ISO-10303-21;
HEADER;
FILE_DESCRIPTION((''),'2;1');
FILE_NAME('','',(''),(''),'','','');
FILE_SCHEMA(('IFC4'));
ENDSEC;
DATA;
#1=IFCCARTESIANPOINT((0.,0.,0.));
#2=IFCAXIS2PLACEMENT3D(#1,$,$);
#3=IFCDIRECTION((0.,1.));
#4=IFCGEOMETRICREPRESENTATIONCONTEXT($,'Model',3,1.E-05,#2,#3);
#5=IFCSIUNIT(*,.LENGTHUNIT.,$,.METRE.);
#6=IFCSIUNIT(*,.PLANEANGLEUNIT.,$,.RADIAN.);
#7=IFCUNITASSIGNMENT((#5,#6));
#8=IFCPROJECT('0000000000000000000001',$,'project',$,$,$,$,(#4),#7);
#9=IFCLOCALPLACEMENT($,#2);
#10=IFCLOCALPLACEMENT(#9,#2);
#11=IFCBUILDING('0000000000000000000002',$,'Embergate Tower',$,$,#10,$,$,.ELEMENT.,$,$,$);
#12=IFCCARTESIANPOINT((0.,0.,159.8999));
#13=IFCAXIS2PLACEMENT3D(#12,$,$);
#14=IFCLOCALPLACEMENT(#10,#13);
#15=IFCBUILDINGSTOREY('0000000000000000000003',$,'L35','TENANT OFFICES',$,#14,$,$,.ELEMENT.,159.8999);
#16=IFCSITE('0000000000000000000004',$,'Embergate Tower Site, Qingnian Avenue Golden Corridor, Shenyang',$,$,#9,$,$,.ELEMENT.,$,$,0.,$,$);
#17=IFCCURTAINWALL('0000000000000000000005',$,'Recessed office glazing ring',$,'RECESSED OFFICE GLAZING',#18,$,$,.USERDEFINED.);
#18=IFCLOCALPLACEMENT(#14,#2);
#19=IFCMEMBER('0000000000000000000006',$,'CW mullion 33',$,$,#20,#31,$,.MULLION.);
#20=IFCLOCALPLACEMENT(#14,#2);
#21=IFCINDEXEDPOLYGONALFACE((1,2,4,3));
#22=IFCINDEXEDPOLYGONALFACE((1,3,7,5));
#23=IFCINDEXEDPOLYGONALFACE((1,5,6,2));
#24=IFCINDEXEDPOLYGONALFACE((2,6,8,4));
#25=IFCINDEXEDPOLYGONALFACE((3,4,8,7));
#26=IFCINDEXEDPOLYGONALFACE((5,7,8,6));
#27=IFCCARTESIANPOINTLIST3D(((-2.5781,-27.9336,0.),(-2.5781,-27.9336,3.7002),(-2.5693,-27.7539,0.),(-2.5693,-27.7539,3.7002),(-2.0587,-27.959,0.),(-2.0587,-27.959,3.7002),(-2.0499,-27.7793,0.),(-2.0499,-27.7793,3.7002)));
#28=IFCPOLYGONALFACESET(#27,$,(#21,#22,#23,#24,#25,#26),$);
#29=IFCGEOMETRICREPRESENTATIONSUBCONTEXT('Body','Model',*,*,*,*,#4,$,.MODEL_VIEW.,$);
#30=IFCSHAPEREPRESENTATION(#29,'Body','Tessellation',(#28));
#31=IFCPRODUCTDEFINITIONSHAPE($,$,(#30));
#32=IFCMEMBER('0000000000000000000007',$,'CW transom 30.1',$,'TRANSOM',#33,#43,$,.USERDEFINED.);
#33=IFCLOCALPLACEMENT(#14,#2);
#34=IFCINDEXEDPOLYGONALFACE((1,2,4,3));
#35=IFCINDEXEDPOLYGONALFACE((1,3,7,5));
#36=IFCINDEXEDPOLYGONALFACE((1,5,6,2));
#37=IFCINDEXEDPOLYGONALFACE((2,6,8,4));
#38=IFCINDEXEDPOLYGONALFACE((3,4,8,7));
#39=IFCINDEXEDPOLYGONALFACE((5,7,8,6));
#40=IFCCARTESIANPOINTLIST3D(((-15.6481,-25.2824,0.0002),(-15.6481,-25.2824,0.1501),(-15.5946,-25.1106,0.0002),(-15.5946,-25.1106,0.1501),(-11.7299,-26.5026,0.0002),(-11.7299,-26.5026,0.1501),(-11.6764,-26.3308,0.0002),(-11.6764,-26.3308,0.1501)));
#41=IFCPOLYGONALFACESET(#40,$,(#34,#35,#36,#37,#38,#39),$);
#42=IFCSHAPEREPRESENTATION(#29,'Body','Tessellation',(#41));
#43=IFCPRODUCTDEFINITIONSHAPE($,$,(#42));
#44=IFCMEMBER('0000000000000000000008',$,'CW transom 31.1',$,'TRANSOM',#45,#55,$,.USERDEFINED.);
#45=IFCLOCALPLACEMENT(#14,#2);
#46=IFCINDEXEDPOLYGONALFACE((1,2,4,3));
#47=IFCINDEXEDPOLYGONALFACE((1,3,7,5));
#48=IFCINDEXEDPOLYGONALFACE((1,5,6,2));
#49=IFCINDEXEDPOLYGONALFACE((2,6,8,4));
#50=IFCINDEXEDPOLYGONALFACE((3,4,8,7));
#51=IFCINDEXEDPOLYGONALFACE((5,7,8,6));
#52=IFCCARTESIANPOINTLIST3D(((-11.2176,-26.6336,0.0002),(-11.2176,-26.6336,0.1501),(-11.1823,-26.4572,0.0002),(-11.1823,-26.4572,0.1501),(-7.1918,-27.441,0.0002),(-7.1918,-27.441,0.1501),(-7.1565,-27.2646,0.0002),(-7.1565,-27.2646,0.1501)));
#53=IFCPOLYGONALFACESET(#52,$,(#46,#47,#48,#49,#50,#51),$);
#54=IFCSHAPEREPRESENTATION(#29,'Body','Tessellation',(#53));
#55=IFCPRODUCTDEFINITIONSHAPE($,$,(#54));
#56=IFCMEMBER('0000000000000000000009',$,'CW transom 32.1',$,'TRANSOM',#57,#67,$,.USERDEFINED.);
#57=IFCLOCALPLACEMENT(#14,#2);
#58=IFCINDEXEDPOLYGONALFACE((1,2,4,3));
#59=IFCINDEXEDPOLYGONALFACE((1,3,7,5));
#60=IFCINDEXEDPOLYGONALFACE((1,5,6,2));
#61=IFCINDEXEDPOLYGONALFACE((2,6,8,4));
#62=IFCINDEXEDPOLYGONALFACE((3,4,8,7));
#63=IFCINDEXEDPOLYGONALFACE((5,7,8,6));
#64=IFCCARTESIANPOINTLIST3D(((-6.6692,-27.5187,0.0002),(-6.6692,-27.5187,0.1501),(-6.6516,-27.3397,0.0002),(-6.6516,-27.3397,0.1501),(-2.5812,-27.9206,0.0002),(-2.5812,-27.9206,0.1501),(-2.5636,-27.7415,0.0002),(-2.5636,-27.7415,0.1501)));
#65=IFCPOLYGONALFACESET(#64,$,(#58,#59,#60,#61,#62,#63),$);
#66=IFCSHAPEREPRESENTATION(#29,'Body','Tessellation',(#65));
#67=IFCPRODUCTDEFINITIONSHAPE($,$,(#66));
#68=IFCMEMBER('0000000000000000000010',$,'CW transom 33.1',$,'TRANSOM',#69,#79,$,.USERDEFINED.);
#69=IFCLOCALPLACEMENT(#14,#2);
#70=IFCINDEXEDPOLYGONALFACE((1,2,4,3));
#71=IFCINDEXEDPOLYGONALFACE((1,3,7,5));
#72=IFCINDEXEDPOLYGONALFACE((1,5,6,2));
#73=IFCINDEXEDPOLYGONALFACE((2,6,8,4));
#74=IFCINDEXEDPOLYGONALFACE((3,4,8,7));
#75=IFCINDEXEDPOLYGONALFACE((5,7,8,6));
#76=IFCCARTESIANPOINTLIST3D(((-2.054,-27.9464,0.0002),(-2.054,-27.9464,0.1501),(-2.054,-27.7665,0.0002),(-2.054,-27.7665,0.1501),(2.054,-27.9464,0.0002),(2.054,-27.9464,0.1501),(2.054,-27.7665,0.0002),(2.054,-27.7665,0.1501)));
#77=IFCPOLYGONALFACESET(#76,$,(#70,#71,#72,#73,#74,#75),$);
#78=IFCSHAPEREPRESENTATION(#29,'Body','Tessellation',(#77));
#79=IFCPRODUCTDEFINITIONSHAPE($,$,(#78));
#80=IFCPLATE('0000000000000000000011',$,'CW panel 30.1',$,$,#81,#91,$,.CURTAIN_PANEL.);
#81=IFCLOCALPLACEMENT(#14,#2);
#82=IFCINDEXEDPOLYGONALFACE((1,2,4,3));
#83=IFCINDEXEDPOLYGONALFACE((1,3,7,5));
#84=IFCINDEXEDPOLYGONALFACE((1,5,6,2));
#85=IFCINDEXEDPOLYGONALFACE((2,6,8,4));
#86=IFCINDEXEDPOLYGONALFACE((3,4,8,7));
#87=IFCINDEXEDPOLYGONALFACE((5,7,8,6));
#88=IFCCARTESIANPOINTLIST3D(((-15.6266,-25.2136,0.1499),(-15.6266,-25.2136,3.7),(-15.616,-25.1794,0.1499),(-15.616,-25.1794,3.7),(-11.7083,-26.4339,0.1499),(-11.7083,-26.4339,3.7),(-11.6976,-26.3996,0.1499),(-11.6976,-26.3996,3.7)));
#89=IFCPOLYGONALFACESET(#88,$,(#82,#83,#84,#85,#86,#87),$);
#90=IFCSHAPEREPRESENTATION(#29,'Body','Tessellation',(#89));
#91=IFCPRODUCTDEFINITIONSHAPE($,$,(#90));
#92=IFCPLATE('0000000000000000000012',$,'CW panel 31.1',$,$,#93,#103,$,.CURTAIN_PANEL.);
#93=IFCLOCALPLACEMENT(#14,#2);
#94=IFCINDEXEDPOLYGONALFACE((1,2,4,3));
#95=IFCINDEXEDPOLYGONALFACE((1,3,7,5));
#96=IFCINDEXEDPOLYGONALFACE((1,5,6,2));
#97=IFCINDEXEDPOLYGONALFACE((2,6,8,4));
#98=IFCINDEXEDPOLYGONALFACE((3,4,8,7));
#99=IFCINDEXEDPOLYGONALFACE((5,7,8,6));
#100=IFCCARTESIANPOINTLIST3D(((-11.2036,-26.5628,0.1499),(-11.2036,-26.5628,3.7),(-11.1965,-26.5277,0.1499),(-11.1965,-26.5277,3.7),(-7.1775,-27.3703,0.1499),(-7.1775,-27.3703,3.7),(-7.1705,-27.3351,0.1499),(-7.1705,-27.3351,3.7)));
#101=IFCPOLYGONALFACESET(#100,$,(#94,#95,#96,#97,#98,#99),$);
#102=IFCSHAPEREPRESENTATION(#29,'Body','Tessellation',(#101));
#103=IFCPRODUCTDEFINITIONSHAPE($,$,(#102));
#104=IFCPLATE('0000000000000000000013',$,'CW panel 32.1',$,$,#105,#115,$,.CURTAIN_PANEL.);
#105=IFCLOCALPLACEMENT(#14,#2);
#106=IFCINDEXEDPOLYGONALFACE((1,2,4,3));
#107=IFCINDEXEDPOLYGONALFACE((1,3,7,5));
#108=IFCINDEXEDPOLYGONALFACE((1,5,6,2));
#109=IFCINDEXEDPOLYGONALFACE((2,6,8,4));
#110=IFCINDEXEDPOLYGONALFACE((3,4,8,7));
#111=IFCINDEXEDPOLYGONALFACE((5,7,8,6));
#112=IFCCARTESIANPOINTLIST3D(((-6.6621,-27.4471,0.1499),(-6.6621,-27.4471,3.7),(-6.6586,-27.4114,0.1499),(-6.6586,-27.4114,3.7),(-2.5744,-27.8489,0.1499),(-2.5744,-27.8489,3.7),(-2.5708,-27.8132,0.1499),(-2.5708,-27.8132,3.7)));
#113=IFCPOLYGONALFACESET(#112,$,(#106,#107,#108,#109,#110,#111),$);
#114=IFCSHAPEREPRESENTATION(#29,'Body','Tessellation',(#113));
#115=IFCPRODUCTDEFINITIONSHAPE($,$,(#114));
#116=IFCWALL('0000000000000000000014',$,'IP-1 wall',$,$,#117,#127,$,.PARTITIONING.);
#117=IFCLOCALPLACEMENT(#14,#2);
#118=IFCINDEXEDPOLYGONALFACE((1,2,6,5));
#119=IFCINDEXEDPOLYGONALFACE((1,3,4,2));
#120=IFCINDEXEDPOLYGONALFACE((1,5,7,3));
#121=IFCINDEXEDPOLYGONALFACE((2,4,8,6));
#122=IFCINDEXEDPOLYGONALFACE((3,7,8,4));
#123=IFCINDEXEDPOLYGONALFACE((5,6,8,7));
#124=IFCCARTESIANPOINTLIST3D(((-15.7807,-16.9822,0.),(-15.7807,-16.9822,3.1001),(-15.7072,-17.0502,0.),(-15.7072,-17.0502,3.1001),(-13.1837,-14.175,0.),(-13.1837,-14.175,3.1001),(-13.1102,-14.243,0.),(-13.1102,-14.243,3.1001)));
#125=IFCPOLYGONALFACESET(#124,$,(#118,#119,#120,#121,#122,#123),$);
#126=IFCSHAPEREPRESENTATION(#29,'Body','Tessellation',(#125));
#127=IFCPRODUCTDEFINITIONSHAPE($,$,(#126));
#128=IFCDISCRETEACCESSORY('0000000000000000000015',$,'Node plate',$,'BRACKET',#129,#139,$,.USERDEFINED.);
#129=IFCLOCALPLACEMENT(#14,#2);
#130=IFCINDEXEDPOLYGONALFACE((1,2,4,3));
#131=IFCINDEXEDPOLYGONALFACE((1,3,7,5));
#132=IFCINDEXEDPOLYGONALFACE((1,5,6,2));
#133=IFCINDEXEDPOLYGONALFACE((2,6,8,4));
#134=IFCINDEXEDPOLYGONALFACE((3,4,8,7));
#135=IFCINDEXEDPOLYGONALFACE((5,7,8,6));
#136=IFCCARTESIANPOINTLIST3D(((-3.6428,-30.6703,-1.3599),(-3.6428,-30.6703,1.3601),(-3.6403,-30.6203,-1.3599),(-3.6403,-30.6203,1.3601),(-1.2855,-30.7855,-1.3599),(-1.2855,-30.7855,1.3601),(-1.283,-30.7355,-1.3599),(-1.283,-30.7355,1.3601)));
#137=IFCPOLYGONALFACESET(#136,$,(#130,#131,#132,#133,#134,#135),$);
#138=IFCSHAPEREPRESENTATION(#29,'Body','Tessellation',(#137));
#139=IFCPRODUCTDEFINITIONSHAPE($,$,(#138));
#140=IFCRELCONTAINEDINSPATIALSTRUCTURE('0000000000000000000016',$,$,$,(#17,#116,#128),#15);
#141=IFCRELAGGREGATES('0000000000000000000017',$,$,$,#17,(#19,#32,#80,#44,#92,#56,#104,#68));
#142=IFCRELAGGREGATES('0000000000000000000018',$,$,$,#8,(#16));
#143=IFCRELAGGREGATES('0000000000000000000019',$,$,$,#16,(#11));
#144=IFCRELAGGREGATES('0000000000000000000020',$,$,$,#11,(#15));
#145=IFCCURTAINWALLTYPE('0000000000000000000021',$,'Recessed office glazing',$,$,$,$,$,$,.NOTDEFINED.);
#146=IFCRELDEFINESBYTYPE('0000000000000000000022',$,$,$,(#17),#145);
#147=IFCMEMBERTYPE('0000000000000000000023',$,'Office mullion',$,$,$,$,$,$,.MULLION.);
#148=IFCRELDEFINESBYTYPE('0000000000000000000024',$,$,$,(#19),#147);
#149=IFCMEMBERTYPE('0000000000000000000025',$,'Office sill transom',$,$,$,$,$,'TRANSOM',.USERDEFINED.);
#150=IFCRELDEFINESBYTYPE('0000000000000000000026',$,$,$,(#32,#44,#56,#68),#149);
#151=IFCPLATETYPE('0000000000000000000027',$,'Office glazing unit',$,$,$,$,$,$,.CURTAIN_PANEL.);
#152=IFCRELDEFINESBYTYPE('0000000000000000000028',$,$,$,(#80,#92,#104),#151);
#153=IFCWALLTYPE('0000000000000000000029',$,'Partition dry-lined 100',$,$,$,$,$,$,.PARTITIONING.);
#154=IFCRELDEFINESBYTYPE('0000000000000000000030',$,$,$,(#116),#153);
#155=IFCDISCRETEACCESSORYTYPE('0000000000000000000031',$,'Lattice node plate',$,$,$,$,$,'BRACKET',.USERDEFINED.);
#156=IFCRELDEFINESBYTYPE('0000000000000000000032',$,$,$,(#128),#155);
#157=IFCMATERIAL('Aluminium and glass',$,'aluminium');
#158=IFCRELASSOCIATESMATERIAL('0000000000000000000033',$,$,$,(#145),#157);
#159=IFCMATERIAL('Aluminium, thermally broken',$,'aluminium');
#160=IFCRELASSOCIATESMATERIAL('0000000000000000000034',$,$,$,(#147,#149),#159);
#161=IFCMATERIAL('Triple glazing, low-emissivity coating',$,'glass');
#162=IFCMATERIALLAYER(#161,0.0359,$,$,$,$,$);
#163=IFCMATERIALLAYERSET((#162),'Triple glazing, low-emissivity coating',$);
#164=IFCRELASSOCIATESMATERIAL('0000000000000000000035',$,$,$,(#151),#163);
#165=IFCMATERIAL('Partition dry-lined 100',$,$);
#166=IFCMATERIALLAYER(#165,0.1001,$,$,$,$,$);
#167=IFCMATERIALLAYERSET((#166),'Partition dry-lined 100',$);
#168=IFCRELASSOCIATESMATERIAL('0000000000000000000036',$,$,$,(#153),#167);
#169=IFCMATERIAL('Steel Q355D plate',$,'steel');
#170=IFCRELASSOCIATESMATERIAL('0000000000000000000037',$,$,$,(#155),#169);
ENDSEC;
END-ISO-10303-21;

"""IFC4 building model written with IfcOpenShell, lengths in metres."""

from ifc_helpers import new_model, si_unit, direction, frame, frame_2d, origin, origin_2d, place, context, subcontext, project, spatial, rectangle, extrude, source, transform, mapped, material, layer, layer_set, material_profile, profile_set, type_object, element, aggregate, save


model = new_model("IFC4")

# Units and contexts
model_context = context("Model", 3, precision=1e-05, world=origin(), true_north=direction((0.0, 1.0)))
body_context = subcontext(model_context, "Body", "Model", "MODEL_VIEW")
ifc_project = project(units=[si_unit("LENGTHUNIT", "METRE"), si_unit("PLANEANGLEUNIT", "RADIAN")], contexts=[model_context])

# Site, building, storey
site_placement = place(None, origin())
site = spatial("IfcSite", under=ifc_project, at=site_placement, Name="Embergate Tower Site, Qingnian Avenue Golden Corridor, Shenyang", CompositionType="ELEMENT", RefElevation=0.0)
building_placement = place(site_placement, origin())
building = spatial("IfcBuilding", under=site, at=building_placement, Name="Embergate Tower", CompositionType="ELEMENT")
storey_placement = place(building_placement, frame((0.0, 0.0, 159.8999)))
storey = spatial("IfcBuildingStorey", under=building, at=storey_placement, Name="L35", Description="TENANT OFFICES", CompositionType="ELEMENT", Elevation=159.8999)

# Curtain wall, members
ifc_material_1 = material(Name="Aluminium and glass", Category="aluminium")
curtain_wall_type = type_object("IfcCurtainWallType", Name="Recessed office glazing", PredefinedType="NOTDEFINED", material=ifc_material_1)
curtain_wall_placement = place(storey_placement, origin())
curtain_wall = element("IfcCurtainWall", 1, at=curtain_wall_placement, inside=storey, type_object=curtain_wall_type, Name="Recessed office glazing ring", ObjectType="RECESSED OFFICE GLAZING", PredefinedType="USERDEFINED")
ifc_material_2 = material(Name="Aluminium, thermally broken", Category="aluminium")
ifc_material_profile_1 = material_profile(ifc_material_2, rectangle(XDim=0.1799, YDim=0.52, at=origin_2d()), Name="AL 520x180")
ifc_profile_set_1 = profile_set([ifc_material_profile_1], Name="Aluminium, thermally broken")
member_type_1 = type_object("IfcMemberType", Name="Office mullion", PredefinedType="MULLION", material=ifc_profile_set_1)
shared_shape_1 = source(origin(), body_context, "Body", "SweptSolid", [
    extrude(rectangle(XDim=0.1799, YDim=0.52, at=origin_2d()), origin(), (0.0, 0.0, 1.0), 3.7002),
])
member_1_placement = place(storey_placement, frame((-2.314, -27.8564, 0.0), z_axis=(0.0, 0.0, 1.0), x_axis=(0.048972, 0.9988, 0.0)))
member_1 = element("IfcMember", 2, at=member_1_placement, type_object=member_type_1, Name="CW mullion 33", PredefinedType="MULLION", context=body_context, shape_type="MappedRepresentation", body=[
    mapped(shared_shape_1, transform((0.0, 0.0, 0.0))),
])
ifc_material_profile_2 = material_profile(ifc_material_2, rectangle(XDim=0.1799, YDim=0.1499, at=origin_2d()), Name="AL 150x180")
ifc_profile_set_2 = profile_set([ifc_material_profile_2], Name="Aluminium, thermally broken")
member_type_2 = type_object("IfcMemberType", Name="Office sill transom", ElementType="TRANSOM", PredefinedType="USERDEFINED", material=ifc_profile_set_2)
shared_shape_2 = source(origin(), body_context, "Body", "SweptSolid", [
    extrude(rectangle(XDim=0.1799, YDim=0.1499, at=origin_2d()), origin(), (0.0, 0.0, 1.0), 4.1038),
])
member_2_placement = place(storey_placement, frame((-15.6213, -25.1965, 0.0752), z_axis=(0.954773, -0.297337, 0.0), x_axis=(0.297337, 0.954773, 0.0)))
member_2 = element("IfcMember", 3, at=member_2_placement, type_object=member_type_2, Name="CW transom 30.1", ObjectType="TRANSOM", PredefinedType="USERDEFINED", context=body_context, shape_type="MappedRepresentation", body=[
    mapped(shared_shape_2, transform((0.0, 0.0, 0.0))),
])
shared_shape_3 = source(origin(), body_context, "Body", "SweptSolid", [
    extrude(rectangle(XDim=0.1799, YDim=0.1499, at=origin_2d()), origin(), (0.0, 0.0, 1.0), 4.106),
])
member_3_placement = place(storey_placement, frame((-11.2, -26.5454, 0.0752), z_axis=(0.980478, -0.196631, 0.0), x_axis=(0.196631, 0.980478, 0.0)))
member_3 = element("IfcMember", 4, at=member_3_placement, type_object=member_type_2, Name="CW transom 31.1", ObjectType="TRANSOM", PredefinedType="USERDEFINED", context=body_context, shape_type="MappedRepresentation", body=[
    mapped(shared_shape_3, transform((0.0, 0.0, 0.0))),
])
shared_shape_4 = source(origin(), body_context, "Body", "SweptSolid", [
    extrude(rectangle(XDim=0.1799, YDim=0.1499, at=origin_2d()), origin(), (0.0, 0.0, 1.0), 4.1077),
])
member_4_placement = place(storey_placement, frame((-6.6604, -27.4292, 0.0752), z_axis=(0.995203, -0.097832, 0.0), x_axis=(0.097832, 0.995203, 0.0)))
member_4 = element("IfcMember", 5, at=member_4_placement, type_object=member_type_2, Name="CW transom 32.1", ObjectType="TRANSOM", PredefinedType="USERDEFINED", context=body_context, shape_type="MappedRepresentation", body=[
    mapped(shared_shape_4, transform((0.0, 0.0, 0.0))),
])
shared_shape_5 = source(origin(), body_context, "Body", "SweptSolid", [
    extrude(rectangle(XDim=0.1799, YDim=0.1499, at=origin_2d()), origin(), (0.0, 0.0, 1.0), 4.1079),
])
member_5_placement = place(storey_placement, frame((-2.054, -27.8564, 0.0752), z_axis=(1.0, 0.0, 0.0), x_axis=(0.0, 1.0, 0.0)))
member_5 = element("IfcMember", 6, at=member_5_placement, type_object=member_type_2, Name="CW transom 33.1", ObjectType="TRANSOM", PredefinedType="USERDEFINED", context=body_context, shape_type="MappedRepresentation", body=[
    mapped(shared_shape_5, transform((0.0, 0.0, 0.0))),
])

# Plates
ifc_material_3 = material(Name="Triple glazing, low-emissivity coating", Category="glass")
ifc_layer_1 = layer(ifc_material_3, 0.0359)
ifc_layer_set_1 = layer_set([ifc_layer_1], Name="Triple glazing, low-emissivity coating")
plate_type = type_object("IfcPlateType", Name="Office glazing unit", PredefinedType="CURTAIN_PANEL", material=ifc_layer_set_1)
shared_shape_6 = source(origin(), body_context, "Body", "SweptSolid", [
    extrude(rectangle(XDim=4.104, YDim=0.0359, at=origin_2d()), origin(), (0.0, 0.0, 1.0), 3.55),
])
plate_1_placement = place(storey_placement, frame((-13.6621, -25.8066, 0.1499), z_axis=(0.0, 0.0, 1.0), x_axis=(0.954772, -0.297338, 0.0)))
plate_1 = element("IfcPlate", 7, at=plate_1_placement, type_object=plate_type, Name="CW panel 30.1", PredefinedType="CURTAIN_PANEL", context=body_context, shape_type="MappedRepresentation", body=[
    mapped(shared_shape_6, transform((0.0, 0.0, 0.0))),
])
shared_shape_7 = source(origin(), body_context, "Body", "SweptSolid", [
    extrude(rectangle(XDim=4.1062, YDim=0.0359, at=origin_2d()), origin(), (0.0, 0.0, 1.0), 3.55),
])
plate_2_placement = place(storey_placement, frame((-9.187, -26.949, 0.1499), z_axis=(0.0, 0.0, 1.0), x_axis=(0.980476, -0.196639, 0.0)))
plate_2 = element("IfcPlate", 8, at=plate_2_placement, type_object=plate_type, Name="CW panel 31.1", PredefinedType="CURTAIN_PANEL", context=body_context, shape_type="MappedRepresentation", body=[
    mapped(shared_shape_7, transform((0.0, 0.0, 0.0))),
])
shared_shape_8 = source(origin(), body_context, "Body", "SweptSolid", [
    extrude(rectangle(XDim=4.1074, YDim=0.0359, at=origin_2d()), origin(), (0.0, 0.0, 1.0), 3.55),
])
plate_3_placement = place(storey_placement, frame((-4.6165, -27.6301, 0.1499), z_axis=(0.0, 0.0, 1.0), x_axis=(0.995203, -0.09783, 0.0)))
plate_3 = element("IfcPlate", 9, at=plate_3_placement, type_object=plate_type, Name="CW panel 32.1", PredefinedType="CURTAIN_PANEL", context=body_context, shape_type="MappedRepresentation", body=[
    mapped(shared_shape_8, transform((0.0, 0.0, 0.0))),
])
aggregate(curtain_wall, [member_1, member_2, plate_1, member_3, plate_2, member_4, plate_3, member_5])

# Wall
ifc_material_4 = material(Name="Partition dry-lined 100")
ifc_layer_2 = layer(ifc_material_4, 0.1001)
ifc_layer_set_2 = layer_set([ifc_layer_2], Name="Partition dry-lined 100")
wall_type = type_object("IfcWallType", Name="Partition dry-lined 100", PredefinedType="PARTITIONING", material=ifc_layer_set_2)
shared_shape_9 = source(origin(), body_context, "Body", "SweptSolid", [
    extrude(rectangle(XDim=3.8242, YDim=0.1001, at=frame_2d((1.9121, 0.0))), origin(), (0.0, 0.0, 1.0), 3.1001),
])
wall_placement = place(storey_placement, frame((-13.147, -14.209, 0.0), z_axis=(0.0, 0.0, 1.0), x_axis=(-0.679088, -0.734056, 0.0)))
element("IfcWall", 10, at=wall_placement, inside=storey, type_object=wall_type, Name="IP-1 wall", PredefinedType="PARTITIONING", context=body_context, shape_type="MappedRepresentation", body=[
    mapped(shared_shape_9, transform((0.0, 0.0, 0.0))),
])

# Discrete accessory
ifc_material_5 = material(Name="Steel Q355D plate", Category="steel")
discrete_accessory_type = type_object("IfcDiscreteAccessoryType", Name="Lattice node plate", ElementType="BRACKET", PredefinedType="USERDEFINED", material=ifc_material_5)
shared_shape_10 = source(origin(), body_context, "Body", "SweptSolid", [
    extrude(rectangle(XDim=2.3601, YDim=0.05, at=origin_2d()), origin(), (0.0, 0.0, 1.0), 2.72),
])
discrete_accessory_placement = place(storey_placement, frame((-2.4629, -30.7029, -1.3599), z_axis=(0.0, 0.0, 1.0), x_axis=(0.998808, -0.048815, 0.0)))
element("IfcDiscreteAccessory", 11, at=discrete_accessory_placement, inside=storey, type_object=discrete_accessory_type, Name="Node plate", ObjectType="BRACKET", PredefinedType="USERDEFINED", context=body_context, shape_type="MappedRepresentation", body=[
    mapped(shared_shape_10, transform((0.0, 0.0, 0.0))),
])

save(model, "model.ifc")
